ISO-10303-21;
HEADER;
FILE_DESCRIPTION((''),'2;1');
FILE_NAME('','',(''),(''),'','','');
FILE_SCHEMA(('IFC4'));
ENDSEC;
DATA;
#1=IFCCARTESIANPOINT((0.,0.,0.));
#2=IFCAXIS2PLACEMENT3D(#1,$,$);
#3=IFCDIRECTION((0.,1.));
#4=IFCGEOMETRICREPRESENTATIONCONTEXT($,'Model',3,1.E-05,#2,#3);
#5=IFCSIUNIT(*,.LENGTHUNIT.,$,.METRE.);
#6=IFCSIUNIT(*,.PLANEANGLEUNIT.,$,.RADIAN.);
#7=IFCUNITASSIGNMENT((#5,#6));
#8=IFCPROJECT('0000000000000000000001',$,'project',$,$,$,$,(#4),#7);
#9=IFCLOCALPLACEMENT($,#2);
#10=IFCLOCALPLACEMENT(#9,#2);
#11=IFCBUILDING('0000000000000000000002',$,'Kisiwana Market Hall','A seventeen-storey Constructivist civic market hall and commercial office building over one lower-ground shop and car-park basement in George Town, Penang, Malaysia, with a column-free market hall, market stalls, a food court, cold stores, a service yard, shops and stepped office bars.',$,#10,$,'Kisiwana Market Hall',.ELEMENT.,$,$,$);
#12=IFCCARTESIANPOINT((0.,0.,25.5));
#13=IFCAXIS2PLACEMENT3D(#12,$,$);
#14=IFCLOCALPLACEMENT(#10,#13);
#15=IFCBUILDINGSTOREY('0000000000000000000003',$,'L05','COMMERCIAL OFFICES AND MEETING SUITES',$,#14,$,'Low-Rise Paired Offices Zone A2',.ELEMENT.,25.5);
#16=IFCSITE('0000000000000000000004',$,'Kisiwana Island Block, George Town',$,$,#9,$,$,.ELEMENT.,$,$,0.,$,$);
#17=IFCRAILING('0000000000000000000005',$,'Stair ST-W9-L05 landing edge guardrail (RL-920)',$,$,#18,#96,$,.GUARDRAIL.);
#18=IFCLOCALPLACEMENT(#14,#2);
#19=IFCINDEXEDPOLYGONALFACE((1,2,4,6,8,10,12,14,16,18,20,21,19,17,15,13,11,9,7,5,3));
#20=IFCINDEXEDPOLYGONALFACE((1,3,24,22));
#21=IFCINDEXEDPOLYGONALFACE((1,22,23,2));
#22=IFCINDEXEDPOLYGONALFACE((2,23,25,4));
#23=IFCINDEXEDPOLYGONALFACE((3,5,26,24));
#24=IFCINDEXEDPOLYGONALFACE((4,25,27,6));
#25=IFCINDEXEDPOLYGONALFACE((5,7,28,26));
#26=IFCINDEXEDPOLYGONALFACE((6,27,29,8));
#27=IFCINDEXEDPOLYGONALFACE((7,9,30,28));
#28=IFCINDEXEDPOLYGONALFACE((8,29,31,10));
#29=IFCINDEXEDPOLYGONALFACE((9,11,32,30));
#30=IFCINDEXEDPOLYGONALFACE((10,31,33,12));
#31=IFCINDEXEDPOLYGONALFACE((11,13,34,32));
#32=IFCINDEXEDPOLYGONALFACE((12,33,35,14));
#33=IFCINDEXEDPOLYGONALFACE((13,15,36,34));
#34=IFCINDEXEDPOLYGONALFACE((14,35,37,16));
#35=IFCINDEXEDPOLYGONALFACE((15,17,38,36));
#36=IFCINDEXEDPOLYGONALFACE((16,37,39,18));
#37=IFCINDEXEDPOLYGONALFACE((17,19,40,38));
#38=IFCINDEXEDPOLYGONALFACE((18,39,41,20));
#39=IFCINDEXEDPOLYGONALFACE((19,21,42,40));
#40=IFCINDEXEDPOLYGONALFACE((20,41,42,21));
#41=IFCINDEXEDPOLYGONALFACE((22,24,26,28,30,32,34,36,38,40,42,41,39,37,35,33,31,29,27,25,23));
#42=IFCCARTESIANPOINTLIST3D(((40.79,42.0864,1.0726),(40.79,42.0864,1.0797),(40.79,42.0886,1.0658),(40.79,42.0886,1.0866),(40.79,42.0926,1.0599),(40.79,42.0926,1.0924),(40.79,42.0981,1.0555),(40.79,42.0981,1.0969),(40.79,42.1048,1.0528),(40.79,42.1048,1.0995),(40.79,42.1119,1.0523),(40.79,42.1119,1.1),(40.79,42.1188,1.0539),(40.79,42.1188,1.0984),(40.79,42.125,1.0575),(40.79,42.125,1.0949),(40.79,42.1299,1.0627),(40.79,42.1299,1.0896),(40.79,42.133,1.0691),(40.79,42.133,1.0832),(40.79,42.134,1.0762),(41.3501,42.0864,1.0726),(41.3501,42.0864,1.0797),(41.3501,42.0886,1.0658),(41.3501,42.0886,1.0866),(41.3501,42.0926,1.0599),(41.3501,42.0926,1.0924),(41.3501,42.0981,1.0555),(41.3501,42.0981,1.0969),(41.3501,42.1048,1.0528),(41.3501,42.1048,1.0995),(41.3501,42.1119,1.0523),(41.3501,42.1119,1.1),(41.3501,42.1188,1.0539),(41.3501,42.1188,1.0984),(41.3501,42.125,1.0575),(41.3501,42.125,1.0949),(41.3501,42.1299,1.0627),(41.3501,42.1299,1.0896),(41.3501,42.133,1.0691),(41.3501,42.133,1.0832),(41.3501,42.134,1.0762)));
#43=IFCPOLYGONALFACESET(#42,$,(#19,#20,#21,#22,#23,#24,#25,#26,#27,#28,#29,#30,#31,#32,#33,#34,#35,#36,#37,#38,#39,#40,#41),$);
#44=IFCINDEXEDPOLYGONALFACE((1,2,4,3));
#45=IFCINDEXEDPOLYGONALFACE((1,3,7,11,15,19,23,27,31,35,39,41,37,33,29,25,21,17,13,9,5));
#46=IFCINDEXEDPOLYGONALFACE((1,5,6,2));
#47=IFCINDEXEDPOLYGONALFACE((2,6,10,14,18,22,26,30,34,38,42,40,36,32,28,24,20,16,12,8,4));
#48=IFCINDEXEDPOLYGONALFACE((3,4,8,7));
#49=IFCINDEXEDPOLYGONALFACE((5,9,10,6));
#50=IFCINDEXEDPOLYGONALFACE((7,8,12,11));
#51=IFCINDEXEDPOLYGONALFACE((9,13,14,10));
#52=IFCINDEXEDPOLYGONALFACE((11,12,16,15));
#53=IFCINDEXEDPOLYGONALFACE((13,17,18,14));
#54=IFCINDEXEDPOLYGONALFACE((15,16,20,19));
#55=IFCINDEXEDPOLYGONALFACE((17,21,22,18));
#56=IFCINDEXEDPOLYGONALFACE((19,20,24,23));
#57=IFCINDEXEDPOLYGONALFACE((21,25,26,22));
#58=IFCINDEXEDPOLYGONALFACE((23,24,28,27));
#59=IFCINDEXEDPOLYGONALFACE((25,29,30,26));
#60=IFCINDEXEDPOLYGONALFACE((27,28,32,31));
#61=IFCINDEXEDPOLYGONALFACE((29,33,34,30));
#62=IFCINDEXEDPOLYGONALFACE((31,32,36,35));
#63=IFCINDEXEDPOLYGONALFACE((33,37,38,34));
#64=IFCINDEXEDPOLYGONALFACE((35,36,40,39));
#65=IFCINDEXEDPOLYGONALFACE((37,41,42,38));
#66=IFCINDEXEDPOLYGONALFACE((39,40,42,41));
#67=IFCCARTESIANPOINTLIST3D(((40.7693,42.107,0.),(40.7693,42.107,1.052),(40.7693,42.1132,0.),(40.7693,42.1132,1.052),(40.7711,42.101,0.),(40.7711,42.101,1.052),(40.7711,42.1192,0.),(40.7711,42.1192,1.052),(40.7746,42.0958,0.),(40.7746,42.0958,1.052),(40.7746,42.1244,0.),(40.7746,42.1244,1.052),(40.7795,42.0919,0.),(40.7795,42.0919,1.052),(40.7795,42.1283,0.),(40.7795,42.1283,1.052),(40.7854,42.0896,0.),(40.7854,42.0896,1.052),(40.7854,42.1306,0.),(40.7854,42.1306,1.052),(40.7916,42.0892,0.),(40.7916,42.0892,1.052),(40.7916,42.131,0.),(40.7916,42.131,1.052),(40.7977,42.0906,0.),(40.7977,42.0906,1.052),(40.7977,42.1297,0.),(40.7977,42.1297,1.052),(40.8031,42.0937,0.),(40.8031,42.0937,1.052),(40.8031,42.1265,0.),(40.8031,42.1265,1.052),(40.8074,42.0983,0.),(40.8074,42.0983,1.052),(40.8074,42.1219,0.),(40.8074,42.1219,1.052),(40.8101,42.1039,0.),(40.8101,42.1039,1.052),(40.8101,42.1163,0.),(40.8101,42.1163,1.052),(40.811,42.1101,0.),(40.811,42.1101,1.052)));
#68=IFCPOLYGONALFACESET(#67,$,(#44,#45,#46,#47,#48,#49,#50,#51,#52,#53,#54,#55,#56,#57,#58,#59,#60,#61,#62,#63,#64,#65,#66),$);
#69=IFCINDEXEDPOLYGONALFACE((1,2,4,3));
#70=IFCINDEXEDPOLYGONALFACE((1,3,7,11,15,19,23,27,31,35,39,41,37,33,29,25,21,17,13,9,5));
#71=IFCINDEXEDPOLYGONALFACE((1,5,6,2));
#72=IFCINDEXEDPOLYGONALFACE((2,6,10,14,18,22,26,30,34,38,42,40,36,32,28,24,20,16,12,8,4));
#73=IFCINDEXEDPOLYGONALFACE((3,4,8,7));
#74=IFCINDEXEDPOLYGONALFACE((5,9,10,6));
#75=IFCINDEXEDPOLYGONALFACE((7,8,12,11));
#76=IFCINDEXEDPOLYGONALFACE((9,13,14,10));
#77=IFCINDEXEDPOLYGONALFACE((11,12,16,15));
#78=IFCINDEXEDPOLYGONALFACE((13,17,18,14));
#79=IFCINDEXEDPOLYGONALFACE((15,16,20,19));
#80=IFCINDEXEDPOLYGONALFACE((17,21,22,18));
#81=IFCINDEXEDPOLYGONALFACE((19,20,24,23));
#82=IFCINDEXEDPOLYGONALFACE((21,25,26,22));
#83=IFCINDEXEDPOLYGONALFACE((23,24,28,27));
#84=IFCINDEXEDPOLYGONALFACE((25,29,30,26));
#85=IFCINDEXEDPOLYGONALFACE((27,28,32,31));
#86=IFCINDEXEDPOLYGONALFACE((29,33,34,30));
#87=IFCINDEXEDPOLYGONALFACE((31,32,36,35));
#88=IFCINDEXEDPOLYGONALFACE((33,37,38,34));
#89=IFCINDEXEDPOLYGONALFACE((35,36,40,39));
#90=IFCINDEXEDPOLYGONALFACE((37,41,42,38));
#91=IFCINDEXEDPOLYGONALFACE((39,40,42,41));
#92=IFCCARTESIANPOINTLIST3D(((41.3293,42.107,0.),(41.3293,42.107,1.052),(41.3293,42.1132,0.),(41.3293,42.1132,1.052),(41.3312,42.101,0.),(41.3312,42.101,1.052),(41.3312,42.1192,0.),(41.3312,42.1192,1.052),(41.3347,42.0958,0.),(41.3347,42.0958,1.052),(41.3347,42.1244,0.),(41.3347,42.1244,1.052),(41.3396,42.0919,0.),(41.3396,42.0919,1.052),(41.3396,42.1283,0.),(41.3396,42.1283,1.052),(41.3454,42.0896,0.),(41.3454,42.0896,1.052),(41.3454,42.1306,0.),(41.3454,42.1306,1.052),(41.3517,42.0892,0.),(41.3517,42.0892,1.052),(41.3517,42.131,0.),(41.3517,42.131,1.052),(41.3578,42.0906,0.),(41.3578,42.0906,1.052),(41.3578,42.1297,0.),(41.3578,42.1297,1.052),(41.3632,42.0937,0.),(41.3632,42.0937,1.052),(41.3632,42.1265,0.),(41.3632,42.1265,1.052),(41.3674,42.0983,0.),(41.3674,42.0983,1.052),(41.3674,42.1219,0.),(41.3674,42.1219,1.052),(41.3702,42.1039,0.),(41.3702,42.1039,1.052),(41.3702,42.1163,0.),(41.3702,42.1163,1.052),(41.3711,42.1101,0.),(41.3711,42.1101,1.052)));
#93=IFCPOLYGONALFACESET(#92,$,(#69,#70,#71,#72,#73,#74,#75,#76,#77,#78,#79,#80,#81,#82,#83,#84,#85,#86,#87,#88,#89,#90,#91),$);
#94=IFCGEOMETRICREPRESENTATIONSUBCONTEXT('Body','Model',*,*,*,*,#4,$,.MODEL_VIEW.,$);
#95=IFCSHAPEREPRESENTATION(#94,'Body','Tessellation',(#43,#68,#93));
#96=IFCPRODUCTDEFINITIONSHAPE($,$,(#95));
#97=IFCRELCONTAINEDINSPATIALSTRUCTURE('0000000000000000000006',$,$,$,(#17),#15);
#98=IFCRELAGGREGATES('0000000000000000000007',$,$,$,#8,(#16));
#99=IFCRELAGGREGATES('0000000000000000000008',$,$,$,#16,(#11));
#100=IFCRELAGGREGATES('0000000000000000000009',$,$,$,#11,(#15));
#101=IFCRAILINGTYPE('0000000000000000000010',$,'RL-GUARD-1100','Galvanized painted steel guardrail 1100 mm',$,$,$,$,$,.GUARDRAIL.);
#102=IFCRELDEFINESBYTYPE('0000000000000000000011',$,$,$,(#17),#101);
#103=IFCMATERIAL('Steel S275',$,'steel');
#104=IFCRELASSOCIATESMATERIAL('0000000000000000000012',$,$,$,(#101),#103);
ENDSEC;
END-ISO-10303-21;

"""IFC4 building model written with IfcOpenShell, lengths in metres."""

from ifc_helpers import new_model, si_unit, direction, frame, origin, origin_2d, place, context, subcontext, project, spatial, circle, extrude, material, type_object, element, save


model = new_model("IFC4")

# Units and contexts
model_context = context("Model", 3, precision=1e-05, world=origin(), true_north=direction((0.0, 1.0)))
body_context = subcontext(model_context, "Body", "Model", "MODEL_VIEW")
ifc_project = project(units=[si_unit("LENGTHUNIT", "METRE"), si_unit("PLANEANGLEUNIT", "RADIAN")], contexts=[model_context])

# Site, building, storey
site_placement = place(None, origin())
site = spatial("IfcSite", under=ifc_project, at=site_placement, Name="Kisiwana Island Block, George Town", CompositionType="ELEMENT", RefElevation=0.0)
building_placement = place(site_placement, origin())
building = spatial("IfcBuilding", under=site, at=building_placement, Name="Kisiwana Market Hall", Description="A seventeen-storey Constructivist civic market hall and commercial office building over one lower-ground shop and car-park basement in George Town, Penang, Malaysia, with a column-free market hall, market stalls, a food court, cold stores, a service yard, shops and stepped office bars.", LongName="Kisiwana Market Hall", CompositionType="ELEMENT")
storey_placement = place(building_placement, frame((0.0, 0.0, 25.5)))
storey = spatial("IfcBuildingStorey", under=building, at=storey_placement, Name="L05", Description="COMMERCIAL OFFICES AND MEETING SUITES", LongName="Low-Rise Paired Offices Zone A2", CompositionType="ELEMENT", Elevation=25.5)

# Railing
ifc_material_1 = material(Name="Steel S275", Category="steel")
railing_type_1 = type_object("IfcRailingType", Name="RL-GUARD-1100", Description="Galvanized painted steel guardrail 1100 mm", PredefinedType="GUARDRAIL", material=ifc_material_1)
railing_1_placement = place(storey_placement, frame((40.79, 42.1101, 0.0)))
element("IfcRailing", 1, at=railing_1_placement, inside=storey, type_object=railing_type_1, Name="Stair ST-W9-L05 landing edge guardrail (RL-920)", PredefinedType="GUARDRAIL", context=body_context, shape_type="SweptSolid", body=[
    extrude(circle(Radius=0.0239, at=origin_2d()), frame((0.0, 0.0, 1.0762), z_axis=(1.0, 0.0, 0.0), x_axis=(0.0, 1.0, 0.0)), (0.0, 0.0, 1.0), 0.5601),
    extrude(circle(Radius=0.021, at=origin_2d()), origin(), (0.0, 0.0, 1.0), 1.052),
    extrude(circle(Radius=0.021, at=origin_2d()), frame((0.5601, 0.0, 0.0)), (0.0, 0.0, 1.0), 1.052),
])

save(model, "model.ifc")
